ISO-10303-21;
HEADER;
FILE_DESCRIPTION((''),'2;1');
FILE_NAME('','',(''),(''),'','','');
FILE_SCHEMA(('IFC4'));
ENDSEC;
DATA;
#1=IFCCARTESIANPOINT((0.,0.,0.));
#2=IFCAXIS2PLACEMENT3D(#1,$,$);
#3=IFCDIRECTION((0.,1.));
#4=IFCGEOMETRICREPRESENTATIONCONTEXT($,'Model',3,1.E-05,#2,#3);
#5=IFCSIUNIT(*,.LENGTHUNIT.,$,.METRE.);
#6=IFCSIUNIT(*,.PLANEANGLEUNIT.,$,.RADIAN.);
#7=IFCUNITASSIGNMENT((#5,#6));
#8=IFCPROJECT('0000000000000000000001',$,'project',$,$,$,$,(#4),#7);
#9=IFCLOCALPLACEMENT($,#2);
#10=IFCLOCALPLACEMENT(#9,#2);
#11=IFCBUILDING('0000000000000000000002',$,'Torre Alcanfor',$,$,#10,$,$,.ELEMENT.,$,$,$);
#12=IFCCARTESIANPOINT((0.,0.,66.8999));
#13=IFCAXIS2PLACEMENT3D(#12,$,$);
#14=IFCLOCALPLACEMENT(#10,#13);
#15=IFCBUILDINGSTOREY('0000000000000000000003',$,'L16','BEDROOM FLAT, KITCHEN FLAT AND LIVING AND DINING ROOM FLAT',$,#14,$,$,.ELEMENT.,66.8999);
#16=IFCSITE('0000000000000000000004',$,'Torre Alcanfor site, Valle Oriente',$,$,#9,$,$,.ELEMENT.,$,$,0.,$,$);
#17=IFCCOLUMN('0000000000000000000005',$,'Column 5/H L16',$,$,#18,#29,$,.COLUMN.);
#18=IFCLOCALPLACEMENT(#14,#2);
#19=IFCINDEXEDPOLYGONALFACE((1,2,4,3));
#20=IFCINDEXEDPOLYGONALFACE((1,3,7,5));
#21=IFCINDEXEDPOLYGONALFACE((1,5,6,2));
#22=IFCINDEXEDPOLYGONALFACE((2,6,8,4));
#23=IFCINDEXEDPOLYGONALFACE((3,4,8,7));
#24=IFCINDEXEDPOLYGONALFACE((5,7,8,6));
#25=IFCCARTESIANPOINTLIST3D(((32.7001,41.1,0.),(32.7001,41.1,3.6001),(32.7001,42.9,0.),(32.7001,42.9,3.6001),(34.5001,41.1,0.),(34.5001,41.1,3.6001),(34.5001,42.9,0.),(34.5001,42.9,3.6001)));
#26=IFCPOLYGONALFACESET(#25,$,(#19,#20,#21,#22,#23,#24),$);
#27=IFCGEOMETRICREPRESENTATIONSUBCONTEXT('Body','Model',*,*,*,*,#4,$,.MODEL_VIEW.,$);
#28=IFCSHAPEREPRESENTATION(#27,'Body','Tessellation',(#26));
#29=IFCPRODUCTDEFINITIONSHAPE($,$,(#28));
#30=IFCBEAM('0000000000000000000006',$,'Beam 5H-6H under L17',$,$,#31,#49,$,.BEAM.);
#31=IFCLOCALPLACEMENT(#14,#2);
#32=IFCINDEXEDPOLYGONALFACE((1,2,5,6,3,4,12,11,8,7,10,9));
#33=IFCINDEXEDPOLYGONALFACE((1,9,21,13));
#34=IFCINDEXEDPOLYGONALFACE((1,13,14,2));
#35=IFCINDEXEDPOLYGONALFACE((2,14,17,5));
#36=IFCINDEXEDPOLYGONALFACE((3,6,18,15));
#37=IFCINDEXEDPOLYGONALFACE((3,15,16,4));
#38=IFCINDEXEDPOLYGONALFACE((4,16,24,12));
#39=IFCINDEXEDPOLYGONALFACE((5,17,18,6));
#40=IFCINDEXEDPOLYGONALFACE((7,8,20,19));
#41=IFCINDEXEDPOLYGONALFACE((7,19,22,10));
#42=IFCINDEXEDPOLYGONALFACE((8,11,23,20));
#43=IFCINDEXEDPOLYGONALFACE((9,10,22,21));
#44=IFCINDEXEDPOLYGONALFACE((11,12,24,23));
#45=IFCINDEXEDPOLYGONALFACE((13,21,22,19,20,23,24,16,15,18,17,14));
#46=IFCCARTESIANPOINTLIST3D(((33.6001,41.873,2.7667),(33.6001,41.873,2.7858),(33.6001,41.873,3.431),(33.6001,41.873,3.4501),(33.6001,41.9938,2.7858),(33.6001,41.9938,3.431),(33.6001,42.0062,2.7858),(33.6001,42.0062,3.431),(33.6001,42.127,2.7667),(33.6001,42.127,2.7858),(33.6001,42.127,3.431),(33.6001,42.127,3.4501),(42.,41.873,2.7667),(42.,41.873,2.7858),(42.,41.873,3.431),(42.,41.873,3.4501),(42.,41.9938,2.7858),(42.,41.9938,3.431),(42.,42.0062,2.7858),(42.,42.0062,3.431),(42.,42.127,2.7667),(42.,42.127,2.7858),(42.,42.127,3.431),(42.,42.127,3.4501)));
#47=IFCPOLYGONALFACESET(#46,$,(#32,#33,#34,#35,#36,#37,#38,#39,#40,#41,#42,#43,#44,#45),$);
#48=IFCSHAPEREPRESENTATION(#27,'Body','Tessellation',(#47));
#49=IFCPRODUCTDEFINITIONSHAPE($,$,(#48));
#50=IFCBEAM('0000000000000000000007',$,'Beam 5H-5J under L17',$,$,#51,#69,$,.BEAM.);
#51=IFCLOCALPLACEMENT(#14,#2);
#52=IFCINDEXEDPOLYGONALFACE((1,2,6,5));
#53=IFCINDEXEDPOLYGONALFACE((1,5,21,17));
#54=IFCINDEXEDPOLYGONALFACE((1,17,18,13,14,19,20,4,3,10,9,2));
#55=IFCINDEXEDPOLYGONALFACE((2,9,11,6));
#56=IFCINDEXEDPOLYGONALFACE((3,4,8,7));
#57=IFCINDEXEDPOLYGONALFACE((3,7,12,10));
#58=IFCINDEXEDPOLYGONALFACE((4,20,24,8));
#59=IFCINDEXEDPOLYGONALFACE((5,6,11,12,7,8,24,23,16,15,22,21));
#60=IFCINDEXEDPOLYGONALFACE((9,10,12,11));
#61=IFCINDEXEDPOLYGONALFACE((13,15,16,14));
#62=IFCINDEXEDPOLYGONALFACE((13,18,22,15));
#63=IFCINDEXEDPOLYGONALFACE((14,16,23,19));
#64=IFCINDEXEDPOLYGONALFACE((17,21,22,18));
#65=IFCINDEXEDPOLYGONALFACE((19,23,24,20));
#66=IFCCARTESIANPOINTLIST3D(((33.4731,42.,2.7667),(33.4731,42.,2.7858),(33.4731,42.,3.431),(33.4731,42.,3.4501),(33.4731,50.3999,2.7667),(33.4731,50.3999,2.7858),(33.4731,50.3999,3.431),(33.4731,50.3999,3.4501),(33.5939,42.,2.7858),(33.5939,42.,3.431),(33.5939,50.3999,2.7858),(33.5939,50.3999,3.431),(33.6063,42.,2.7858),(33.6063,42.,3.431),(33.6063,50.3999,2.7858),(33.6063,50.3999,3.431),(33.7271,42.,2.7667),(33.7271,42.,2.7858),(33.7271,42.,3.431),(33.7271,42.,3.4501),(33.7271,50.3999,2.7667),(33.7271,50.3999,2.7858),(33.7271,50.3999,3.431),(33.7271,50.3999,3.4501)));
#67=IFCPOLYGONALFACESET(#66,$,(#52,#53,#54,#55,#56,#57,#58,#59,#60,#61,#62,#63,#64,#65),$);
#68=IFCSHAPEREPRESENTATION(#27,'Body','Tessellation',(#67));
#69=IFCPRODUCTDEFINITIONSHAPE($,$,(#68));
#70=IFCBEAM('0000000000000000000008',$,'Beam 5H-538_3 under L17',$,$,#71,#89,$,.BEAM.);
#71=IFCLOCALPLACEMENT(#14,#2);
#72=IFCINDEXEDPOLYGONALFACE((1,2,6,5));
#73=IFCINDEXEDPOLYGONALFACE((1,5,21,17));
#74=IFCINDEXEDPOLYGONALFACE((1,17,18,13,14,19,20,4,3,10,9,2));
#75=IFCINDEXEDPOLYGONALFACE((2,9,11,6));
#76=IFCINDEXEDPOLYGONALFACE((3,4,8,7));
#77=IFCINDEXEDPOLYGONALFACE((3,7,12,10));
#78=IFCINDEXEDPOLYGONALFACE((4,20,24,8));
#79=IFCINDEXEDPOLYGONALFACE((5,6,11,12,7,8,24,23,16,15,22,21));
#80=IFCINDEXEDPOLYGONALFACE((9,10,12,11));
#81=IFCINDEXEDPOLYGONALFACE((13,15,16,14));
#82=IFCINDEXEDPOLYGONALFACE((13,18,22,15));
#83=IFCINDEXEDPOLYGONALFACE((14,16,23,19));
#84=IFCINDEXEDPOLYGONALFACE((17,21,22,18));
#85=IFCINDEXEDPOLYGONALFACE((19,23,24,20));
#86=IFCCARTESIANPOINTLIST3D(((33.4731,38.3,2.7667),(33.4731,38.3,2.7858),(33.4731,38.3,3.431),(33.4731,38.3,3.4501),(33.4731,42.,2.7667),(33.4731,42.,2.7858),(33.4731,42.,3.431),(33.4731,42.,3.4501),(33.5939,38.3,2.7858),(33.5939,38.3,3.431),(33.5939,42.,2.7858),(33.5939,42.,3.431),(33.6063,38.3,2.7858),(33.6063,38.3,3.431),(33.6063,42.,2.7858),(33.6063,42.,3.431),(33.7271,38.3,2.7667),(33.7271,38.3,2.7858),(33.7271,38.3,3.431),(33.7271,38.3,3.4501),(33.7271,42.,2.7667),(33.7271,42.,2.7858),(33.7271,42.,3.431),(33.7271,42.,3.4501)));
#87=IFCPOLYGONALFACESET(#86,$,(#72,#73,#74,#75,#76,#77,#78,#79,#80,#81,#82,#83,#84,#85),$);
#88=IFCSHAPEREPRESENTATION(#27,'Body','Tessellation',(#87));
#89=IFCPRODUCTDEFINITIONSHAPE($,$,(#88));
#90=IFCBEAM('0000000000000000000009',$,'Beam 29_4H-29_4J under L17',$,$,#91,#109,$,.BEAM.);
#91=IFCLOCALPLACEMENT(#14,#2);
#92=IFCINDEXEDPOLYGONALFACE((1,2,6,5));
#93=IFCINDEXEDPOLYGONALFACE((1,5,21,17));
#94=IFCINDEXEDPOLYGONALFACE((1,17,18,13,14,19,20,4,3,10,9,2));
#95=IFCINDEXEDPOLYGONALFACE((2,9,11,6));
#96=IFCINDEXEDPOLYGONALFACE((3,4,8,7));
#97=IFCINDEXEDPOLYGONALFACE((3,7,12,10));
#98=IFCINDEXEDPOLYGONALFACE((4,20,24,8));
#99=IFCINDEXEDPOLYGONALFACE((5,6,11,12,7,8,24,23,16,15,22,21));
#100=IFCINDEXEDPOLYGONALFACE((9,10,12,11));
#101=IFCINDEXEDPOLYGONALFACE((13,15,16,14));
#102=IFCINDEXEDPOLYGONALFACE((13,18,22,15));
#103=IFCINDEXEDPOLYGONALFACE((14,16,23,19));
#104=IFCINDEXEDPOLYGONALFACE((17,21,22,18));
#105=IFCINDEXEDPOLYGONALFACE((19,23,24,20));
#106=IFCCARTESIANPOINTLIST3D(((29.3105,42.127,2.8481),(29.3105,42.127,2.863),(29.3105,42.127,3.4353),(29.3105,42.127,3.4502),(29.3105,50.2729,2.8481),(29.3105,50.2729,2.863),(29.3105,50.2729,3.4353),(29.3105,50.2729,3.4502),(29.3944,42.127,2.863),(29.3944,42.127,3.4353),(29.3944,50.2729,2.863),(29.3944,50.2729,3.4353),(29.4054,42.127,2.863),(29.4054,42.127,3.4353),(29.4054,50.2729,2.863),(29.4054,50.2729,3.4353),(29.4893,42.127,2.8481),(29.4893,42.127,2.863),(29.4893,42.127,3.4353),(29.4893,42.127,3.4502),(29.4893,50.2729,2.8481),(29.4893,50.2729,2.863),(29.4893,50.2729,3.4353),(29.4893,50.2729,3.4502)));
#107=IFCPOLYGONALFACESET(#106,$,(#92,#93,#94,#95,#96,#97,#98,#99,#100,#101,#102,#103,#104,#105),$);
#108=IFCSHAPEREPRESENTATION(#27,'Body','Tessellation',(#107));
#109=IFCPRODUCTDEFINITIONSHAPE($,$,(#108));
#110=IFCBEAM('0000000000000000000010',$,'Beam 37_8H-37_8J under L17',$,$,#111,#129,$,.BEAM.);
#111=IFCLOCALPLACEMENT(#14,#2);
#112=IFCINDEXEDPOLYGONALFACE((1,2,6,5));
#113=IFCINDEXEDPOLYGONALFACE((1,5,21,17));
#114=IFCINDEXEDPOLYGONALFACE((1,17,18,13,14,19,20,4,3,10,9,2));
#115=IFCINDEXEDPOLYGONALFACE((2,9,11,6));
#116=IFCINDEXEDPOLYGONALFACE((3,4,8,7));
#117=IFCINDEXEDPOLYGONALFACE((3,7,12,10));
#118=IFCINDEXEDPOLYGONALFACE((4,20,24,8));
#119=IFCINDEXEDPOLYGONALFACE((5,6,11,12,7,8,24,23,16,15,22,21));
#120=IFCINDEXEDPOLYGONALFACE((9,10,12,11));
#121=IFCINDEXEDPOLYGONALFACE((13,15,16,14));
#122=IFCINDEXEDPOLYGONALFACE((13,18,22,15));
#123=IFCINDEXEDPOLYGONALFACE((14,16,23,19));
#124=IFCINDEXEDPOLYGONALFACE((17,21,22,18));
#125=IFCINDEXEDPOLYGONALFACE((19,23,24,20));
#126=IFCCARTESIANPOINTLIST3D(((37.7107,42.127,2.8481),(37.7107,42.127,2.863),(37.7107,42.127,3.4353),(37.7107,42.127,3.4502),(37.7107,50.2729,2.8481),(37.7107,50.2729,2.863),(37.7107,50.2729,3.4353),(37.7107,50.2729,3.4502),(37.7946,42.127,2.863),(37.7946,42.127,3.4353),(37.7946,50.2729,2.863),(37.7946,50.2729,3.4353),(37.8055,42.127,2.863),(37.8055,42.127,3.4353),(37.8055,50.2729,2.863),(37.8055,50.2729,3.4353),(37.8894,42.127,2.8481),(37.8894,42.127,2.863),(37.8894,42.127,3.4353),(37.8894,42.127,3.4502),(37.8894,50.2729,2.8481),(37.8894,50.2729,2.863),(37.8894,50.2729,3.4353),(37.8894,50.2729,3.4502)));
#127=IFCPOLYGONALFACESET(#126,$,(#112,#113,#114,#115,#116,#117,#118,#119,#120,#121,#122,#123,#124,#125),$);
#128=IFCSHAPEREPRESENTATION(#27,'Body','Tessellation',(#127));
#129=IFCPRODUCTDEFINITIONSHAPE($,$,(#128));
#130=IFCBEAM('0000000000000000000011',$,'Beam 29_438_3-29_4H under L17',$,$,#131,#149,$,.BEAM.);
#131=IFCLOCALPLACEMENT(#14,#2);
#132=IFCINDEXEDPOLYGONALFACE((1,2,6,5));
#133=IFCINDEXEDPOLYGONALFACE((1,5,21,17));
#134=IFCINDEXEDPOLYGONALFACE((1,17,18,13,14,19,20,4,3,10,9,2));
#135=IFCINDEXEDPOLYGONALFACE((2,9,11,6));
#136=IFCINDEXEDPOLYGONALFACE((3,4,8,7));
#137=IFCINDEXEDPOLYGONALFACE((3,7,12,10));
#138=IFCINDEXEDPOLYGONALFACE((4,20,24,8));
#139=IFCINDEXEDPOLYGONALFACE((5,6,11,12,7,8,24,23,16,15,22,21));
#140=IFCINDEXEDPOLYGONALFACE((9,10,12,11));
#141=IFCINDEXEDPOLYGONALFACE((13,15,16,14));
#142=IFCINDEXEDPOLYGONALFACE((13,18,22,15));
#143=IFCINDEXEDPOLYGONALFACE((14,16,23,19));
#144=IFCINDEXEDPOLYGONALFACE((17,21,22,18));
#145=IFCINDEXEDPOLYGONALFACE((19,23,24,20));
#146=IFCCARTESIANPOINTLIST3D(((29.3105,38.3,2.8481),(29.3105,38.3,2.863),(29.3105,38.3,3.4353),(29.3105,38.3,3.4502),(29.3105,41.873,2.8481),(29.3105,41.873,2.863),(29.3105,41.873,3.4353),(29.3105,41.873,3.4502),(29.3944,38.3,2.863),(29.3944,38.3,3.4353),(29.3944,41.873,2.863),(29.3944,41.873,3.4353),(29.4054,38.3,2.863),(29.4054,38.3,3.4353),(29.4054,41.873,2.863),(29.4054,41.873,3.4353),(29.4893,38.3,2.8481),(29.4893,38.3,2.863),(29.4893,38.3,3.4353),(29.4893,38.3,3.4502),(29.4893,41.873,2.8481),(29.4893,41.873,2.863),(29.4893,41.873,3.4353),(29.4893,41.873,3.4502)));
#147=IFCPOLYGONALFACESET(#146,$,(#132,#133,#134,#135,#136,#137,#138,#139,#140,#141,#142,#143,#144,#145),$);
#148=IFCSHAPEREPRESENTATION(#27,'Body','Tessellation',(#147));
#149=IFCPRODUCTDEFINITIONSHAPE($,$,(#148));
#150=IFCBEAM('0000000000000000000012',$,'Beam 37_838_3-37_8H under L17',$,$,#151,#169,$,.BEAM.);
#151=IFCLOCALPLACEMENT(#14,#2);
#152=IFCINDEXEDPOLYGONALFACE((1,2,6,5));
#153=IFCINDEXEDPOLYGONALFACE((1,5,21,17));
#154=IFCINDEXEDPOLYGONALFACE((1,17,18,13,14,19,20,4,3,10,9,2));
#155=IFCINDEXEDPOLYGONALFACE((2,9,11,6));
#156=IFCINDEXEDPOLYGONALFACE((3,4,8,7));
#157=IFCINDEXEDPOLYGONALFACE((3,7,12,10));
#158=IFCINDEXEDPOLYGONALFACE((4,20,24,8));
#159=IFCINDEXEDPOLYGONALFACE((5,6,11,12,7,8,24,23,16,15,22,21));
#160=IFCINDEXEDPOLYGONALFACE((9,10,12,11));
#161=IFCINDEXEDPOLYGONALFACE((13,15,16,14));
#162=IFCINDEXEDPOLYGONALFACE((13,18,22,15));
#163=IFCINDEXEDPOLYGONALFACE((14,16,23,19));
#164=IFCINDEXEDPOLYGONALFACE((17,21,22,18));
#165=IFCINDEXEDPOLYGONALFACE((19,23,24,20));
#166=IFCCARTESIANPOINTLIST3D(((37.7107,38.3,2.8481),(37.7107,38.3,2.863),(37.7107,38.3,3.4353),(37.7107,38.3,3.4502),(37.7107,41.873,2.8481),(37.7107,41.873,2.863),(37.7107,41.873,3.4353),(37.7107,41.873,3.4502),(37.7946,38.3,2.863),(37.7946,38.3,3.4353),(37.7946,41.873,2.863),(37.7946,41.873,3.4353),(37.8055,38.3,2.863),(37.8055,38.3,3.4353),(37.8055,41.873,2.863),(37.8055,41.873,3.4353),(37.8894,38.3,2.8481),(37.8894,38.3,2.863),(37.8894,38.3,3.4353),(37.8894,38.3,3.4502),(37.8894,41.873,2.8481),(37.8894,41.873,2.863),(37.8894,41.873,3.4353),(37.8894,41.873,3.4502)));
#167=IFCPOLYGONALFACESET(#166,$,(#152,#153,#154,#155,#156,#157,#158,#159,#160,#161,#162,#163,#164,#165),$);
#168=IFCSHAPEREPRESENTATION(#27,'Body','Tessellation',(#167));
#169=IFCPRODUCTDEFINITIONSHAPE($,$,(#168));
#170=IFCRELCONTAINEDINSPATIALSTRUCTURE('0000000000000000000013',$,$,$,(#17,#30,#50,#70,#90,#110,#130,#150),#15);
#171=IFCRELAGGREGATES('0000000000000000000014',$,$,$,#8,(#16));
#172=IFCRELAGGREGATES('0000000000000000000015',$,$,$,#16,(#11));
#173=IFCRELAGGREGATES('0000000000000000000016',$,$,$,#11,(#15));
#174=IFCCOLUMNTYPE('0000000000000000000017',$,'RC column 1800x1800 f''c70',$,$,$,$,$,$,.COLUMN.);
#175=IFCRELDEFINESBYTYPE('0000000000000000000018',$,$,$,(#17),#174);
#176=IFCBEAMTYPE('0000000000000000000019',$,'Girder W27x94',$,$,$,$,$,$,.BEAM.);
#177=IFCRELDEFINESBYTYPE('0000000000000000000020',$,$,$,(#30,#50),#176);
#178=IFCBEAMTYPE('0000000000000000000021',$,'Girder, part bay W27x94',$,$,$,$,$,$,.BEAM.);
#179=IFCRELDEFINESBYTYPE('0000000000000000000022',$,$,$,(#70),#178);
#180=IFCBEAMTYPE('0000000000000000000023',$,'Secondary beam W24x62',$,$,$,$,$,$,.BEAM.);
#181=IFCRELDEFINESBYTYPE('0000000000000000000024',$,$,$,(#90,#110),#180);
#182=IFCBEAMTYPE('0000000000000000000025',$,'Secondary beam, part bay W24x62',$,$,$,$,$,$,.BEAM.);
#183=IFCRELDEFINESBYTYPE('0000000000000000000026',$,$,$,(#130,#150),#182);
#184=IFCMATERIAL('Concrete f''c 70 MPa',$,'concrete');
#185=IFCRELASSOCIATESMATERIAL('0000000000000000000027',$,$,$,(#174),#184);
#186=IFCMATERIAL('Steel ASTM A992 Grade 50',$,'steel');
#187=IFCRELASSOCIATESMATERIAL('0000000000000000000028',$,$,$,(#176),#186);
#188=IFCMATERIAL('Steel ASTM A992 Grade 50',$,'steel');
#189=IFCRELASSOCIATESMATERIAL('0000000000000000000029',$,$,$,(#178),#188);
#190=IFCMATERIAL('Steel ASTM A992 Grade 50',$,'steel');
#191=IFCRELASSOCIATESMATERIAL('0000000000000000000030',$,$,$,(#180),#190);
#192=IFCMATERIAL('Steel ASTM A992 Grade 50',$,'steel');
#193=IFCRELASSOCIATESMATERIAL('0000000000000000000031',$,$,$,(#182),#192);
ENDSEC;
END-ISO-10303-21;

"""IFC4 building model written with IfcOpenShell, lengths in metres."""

from ifc_helpers import new_model, si_unit, direction, frame, origin, origin_2d, place, context, subcontext, project, spatial, rectangle, i_section, extrude, material, material_profile, profile_set, type_object, element, save


model = new_model("IFC4")

# Units and contexts
model_context = context("Model", 3, precision=1e-05, world=origin(), true_north=direction((0.0, 1.0)))
body_context = subcontext(model_context, "Body", "Model", "MODEL_VIEW")
ifc_project = project(units=[si_unit("LENGTHUNIT", "METRE"), si_unit("PLANEANGLEUNIT", "RADIAN")], contexts=[model_context])

# Site, building, storey
site_placement = place(None, origin())
site = spatial("IfcSite", under=ifc_project, at=site_placement, Name="Torre Alcanfor site, Valle Oriente", CompositionType="ELEMENT", RefElevation=0.0)
building_placement = place(site_placement, origin())
building = spatial("IfcBuilding", under=site, at=building_placement, Name="Torre Alcanfor", CompositionType="ELEMENT")
storey_placement = place(building_placement, frame((0.0, 0.0, 66.8999)))
storey = spatial("IfcBuildingStorey", under=building, at=storey_placement, Name="L16", Description="BEDROOM FLAT, KITCHEN FLAT AND LIVING AND DINING ROOM FLAT", CompositionType="ELEMENT", Elevation=66.8999)

# Column
ifc_material_1 = material(Name="Concrete f'c 70 MPa", Category="concrete")
ifc_material_profile_1 = material_profile(ifc_material_1, rectangle(XDim=1.8, YDim=1.8, at=origin_2d()), Name="1800x1800")
ifc_profile_set_1 = profile_set([ifc_material_profile_1], Name="Concrete f'c 70 MPa")
column_type = type_object("IfcColumnType", Name="RC column 1800x1800 f'c70", PredefinedType="COLUMN", material=ifc_profile_set_1)
column_placement = place(storey_placement, frame((33.6001, 42.0, 0.0), z_axis=(0.0, 0.0, 1.0), x_axis=(1.0, 0.0, 0.0)))
element("IfcColumn", 1, at=column_placement, inside=storey, type_object=column_type, Name="Column 5/H L16", PredefinedType="COLUMN", context=body_context, shape_type="SweptSolid", body=[
    extrude(rectangle(XDim=1.8, YDim=1.8, at=origin_2d()), origin(), (0.0, 0.0, 1.0), 3.6001),
])

# Beams
ifc_material_2 = material(Name="Steel ASTM A992 Grade 50", Category="steel")
ifc_material_profile_2 = material_profile(ifc_material_2, i_section(OverallWidth=0.2539, OverallDepth=0.6833, WebThickness=0.0125, FlangeThickness=0.019, at=origin_2d()), Name="W27x94")
ifc_profile_set_2 = profile_set([ifc_material_profile_2], Name="Steel ASTM A992 Grade 50")
beam_type_1 = type_object("IfcBeamType", Name="Girder W27x94", PredefinedType="BEAM", material=ifc_profile_set_2)
for number, where, z_axis, x_axis, name in (
    (2, (33.6001, 42.0, 3.1084), (1.0, 0.0, 0.0), (0.0, 1.0, 0.0), "Beam 5H-6H under L17"),
    (3, (33.6001, 42.0, 3.1084), (0.0, 1.0, 0.0), (-1.0, 0.0, 0.0), "Beam 5H-5J under L17"),
):
    element("IfcBeam", number, at=place(storey_placement, frame(where, z_axis=z_axis, x_axis=x_axis)), inside=storey, type_object=beam_type_1, Name=name, PredefinedType="BEAM", context=body_context, shape_type="SweptSolid", body=[
        extrude(i_section(OverallWidth=0.2539, OverallDepth=0.6833, WebThickness=0.0125, FlangeThickness=0.019, at=origin_2d()), origin(), (0.0, 0.0, 1.0), 8.3999),
    ])
ifc_material_3 = material(Name="Steel ASTM A992 Grade 50", Category="steel")
ifc_material_profile_3 = material_profile(ifc_material_3, i_section(OverallWidth=0.2539, OverallDepth=0.6833, WebThickness=0.0125, FlangeThickness=0.019, at=origin_2d()), Name="W27x94")
ifc_profile_set_3 = profile_set([ifc_material_profile_3], Name="Steel ASTM A992 Grade 50")
beam_type_2 = type_object("IfcBeamType", Name="Girder, part bay W27x94", PredefinedType="BEAM", material=ifc_profile_set_3)
beam_1_placement = place(storey_placement, frame((33.6001, 42.0, 3.1084), z_axis=(0.0, -1.0, 0.0), x_axis=(1.0, 0.0, 0.0)))
element("IfcBeam", 4, at=beam_1_placement, inside=storey, type_object=beam_type_2, Name="Beam 5H-538_3 under L17", PredefinedType="BEAM", context=body_context, shape_type="SweptSolid", body=[
    extrude(i_section(OverallWidth=0.2539, OverallDepth=0.6833, WebThickness=0.0125, FlangeThickness=0.019, at=origin_2d()), origin(), (0.0, 0.0, 1.0), 3.7),
])
ifc_material_4 = material(Name="Steel ASTM A992 Grade 50", Category="steel")
ifc_material_profile_4 = material_profile(ifc_material_4, i_section(OverallWidth=0.1787, OverallDepth=0.6021, WebThickness=0.011, FlangeThickness=0.0149, at=origin_2d()), Name="W24x62")
ifc_profile_set_4 = profile_set([ifc_material_profile_4], Name="Steel ASTM A992 Grade 50")
beam_type_3 = type_object("IfcBeamType", Name="Secondary beam W24x62", PredefinedType="BEAM", material=ifc_profile_set_4)
for number, where, z_axis, x_axis, name in (
    (5, (29.3999, 42.127, 3.1492), (0.0, 1.0, 0.0), (-1.0, 0.0, 0.0), "Beam 29_4H-29_4J under L17"),
    (6, (37.8, 42.127, 3.1492), (0.0, 1.0, 0.0), (-1.0, 0.0, 0.0), "Beam 37_8H-37_8J under L17"),
):
    element("IfcBeam", number, at=place(storey_placement, frame(where, z_axis=z_axis, x_axis=x_axis)), inside=storey, type_object=beam_type_3, Name=name, PredefinedType="BEAM", context=body_context, shape_type="SweptSolid", body=[
        extrude(i_section(OverallWidth=0.1787, OverallDepth=0.6021, WebThickness=0.011, FlangeThickness=0.0149, at=origin_2d()), origin(), (0.0, 0.0, 1.0), 8.146),
    ])
ifc_material_5 = material(Name="Steel ASTM A992 Grade 50", Category="steel")
ifc_material_profile_5 = material_profile(ifc_material_5, i_section(OverallWidth=0.1787, OverallDepth=0.6021, WebThickness=0.011, FlangeThickness=0.0149, at=origin_2d()), Name="W24x62")
ifc_profile_set_5 = profile_set([ifc_material_profile_5], Name="Steel ASTM A992 Grade 50")
beam_type_4 = type_object("IfcBeamType", Name="Secondary beam, part bay W24x62", PredefinedType="BEAM", material=ifc_profile_set_5)
for number, where, z_axis, x_axis, name in (
    (7, (29.3999, 38.3, 3.1492), (0.0, 1.0, 0.0), (-1.0, 0.0, 0.0), "Beam 29_438_3-29_4H under L17"),
    (8, (37.8, 38.3, 3.1492), (0.0, 1.0, 0.0), (-1.0, 0.0, 0.0), "Beam 37_838_3-37_8H under L17"),
):
    element("IfcBeam", number, at=place(storey_placement, frame(where, z_axis=z_axis, x_axis=x_axis)), inside=storey, type_object=beam_type_4, Name=name, PredefinedType="BEAM", context=body_context, shape_type="SweptSolid", body=[
        extrude(i_section(OverallWidth=0.1787, OverallDepth=0.6021, WebThickness=0.011, FlangeThickness=0.0149, at=origin_2d()), origin(), (0.0, 0.0, 1.0), 3.573),
    ])

save(model, "model.ifc")
